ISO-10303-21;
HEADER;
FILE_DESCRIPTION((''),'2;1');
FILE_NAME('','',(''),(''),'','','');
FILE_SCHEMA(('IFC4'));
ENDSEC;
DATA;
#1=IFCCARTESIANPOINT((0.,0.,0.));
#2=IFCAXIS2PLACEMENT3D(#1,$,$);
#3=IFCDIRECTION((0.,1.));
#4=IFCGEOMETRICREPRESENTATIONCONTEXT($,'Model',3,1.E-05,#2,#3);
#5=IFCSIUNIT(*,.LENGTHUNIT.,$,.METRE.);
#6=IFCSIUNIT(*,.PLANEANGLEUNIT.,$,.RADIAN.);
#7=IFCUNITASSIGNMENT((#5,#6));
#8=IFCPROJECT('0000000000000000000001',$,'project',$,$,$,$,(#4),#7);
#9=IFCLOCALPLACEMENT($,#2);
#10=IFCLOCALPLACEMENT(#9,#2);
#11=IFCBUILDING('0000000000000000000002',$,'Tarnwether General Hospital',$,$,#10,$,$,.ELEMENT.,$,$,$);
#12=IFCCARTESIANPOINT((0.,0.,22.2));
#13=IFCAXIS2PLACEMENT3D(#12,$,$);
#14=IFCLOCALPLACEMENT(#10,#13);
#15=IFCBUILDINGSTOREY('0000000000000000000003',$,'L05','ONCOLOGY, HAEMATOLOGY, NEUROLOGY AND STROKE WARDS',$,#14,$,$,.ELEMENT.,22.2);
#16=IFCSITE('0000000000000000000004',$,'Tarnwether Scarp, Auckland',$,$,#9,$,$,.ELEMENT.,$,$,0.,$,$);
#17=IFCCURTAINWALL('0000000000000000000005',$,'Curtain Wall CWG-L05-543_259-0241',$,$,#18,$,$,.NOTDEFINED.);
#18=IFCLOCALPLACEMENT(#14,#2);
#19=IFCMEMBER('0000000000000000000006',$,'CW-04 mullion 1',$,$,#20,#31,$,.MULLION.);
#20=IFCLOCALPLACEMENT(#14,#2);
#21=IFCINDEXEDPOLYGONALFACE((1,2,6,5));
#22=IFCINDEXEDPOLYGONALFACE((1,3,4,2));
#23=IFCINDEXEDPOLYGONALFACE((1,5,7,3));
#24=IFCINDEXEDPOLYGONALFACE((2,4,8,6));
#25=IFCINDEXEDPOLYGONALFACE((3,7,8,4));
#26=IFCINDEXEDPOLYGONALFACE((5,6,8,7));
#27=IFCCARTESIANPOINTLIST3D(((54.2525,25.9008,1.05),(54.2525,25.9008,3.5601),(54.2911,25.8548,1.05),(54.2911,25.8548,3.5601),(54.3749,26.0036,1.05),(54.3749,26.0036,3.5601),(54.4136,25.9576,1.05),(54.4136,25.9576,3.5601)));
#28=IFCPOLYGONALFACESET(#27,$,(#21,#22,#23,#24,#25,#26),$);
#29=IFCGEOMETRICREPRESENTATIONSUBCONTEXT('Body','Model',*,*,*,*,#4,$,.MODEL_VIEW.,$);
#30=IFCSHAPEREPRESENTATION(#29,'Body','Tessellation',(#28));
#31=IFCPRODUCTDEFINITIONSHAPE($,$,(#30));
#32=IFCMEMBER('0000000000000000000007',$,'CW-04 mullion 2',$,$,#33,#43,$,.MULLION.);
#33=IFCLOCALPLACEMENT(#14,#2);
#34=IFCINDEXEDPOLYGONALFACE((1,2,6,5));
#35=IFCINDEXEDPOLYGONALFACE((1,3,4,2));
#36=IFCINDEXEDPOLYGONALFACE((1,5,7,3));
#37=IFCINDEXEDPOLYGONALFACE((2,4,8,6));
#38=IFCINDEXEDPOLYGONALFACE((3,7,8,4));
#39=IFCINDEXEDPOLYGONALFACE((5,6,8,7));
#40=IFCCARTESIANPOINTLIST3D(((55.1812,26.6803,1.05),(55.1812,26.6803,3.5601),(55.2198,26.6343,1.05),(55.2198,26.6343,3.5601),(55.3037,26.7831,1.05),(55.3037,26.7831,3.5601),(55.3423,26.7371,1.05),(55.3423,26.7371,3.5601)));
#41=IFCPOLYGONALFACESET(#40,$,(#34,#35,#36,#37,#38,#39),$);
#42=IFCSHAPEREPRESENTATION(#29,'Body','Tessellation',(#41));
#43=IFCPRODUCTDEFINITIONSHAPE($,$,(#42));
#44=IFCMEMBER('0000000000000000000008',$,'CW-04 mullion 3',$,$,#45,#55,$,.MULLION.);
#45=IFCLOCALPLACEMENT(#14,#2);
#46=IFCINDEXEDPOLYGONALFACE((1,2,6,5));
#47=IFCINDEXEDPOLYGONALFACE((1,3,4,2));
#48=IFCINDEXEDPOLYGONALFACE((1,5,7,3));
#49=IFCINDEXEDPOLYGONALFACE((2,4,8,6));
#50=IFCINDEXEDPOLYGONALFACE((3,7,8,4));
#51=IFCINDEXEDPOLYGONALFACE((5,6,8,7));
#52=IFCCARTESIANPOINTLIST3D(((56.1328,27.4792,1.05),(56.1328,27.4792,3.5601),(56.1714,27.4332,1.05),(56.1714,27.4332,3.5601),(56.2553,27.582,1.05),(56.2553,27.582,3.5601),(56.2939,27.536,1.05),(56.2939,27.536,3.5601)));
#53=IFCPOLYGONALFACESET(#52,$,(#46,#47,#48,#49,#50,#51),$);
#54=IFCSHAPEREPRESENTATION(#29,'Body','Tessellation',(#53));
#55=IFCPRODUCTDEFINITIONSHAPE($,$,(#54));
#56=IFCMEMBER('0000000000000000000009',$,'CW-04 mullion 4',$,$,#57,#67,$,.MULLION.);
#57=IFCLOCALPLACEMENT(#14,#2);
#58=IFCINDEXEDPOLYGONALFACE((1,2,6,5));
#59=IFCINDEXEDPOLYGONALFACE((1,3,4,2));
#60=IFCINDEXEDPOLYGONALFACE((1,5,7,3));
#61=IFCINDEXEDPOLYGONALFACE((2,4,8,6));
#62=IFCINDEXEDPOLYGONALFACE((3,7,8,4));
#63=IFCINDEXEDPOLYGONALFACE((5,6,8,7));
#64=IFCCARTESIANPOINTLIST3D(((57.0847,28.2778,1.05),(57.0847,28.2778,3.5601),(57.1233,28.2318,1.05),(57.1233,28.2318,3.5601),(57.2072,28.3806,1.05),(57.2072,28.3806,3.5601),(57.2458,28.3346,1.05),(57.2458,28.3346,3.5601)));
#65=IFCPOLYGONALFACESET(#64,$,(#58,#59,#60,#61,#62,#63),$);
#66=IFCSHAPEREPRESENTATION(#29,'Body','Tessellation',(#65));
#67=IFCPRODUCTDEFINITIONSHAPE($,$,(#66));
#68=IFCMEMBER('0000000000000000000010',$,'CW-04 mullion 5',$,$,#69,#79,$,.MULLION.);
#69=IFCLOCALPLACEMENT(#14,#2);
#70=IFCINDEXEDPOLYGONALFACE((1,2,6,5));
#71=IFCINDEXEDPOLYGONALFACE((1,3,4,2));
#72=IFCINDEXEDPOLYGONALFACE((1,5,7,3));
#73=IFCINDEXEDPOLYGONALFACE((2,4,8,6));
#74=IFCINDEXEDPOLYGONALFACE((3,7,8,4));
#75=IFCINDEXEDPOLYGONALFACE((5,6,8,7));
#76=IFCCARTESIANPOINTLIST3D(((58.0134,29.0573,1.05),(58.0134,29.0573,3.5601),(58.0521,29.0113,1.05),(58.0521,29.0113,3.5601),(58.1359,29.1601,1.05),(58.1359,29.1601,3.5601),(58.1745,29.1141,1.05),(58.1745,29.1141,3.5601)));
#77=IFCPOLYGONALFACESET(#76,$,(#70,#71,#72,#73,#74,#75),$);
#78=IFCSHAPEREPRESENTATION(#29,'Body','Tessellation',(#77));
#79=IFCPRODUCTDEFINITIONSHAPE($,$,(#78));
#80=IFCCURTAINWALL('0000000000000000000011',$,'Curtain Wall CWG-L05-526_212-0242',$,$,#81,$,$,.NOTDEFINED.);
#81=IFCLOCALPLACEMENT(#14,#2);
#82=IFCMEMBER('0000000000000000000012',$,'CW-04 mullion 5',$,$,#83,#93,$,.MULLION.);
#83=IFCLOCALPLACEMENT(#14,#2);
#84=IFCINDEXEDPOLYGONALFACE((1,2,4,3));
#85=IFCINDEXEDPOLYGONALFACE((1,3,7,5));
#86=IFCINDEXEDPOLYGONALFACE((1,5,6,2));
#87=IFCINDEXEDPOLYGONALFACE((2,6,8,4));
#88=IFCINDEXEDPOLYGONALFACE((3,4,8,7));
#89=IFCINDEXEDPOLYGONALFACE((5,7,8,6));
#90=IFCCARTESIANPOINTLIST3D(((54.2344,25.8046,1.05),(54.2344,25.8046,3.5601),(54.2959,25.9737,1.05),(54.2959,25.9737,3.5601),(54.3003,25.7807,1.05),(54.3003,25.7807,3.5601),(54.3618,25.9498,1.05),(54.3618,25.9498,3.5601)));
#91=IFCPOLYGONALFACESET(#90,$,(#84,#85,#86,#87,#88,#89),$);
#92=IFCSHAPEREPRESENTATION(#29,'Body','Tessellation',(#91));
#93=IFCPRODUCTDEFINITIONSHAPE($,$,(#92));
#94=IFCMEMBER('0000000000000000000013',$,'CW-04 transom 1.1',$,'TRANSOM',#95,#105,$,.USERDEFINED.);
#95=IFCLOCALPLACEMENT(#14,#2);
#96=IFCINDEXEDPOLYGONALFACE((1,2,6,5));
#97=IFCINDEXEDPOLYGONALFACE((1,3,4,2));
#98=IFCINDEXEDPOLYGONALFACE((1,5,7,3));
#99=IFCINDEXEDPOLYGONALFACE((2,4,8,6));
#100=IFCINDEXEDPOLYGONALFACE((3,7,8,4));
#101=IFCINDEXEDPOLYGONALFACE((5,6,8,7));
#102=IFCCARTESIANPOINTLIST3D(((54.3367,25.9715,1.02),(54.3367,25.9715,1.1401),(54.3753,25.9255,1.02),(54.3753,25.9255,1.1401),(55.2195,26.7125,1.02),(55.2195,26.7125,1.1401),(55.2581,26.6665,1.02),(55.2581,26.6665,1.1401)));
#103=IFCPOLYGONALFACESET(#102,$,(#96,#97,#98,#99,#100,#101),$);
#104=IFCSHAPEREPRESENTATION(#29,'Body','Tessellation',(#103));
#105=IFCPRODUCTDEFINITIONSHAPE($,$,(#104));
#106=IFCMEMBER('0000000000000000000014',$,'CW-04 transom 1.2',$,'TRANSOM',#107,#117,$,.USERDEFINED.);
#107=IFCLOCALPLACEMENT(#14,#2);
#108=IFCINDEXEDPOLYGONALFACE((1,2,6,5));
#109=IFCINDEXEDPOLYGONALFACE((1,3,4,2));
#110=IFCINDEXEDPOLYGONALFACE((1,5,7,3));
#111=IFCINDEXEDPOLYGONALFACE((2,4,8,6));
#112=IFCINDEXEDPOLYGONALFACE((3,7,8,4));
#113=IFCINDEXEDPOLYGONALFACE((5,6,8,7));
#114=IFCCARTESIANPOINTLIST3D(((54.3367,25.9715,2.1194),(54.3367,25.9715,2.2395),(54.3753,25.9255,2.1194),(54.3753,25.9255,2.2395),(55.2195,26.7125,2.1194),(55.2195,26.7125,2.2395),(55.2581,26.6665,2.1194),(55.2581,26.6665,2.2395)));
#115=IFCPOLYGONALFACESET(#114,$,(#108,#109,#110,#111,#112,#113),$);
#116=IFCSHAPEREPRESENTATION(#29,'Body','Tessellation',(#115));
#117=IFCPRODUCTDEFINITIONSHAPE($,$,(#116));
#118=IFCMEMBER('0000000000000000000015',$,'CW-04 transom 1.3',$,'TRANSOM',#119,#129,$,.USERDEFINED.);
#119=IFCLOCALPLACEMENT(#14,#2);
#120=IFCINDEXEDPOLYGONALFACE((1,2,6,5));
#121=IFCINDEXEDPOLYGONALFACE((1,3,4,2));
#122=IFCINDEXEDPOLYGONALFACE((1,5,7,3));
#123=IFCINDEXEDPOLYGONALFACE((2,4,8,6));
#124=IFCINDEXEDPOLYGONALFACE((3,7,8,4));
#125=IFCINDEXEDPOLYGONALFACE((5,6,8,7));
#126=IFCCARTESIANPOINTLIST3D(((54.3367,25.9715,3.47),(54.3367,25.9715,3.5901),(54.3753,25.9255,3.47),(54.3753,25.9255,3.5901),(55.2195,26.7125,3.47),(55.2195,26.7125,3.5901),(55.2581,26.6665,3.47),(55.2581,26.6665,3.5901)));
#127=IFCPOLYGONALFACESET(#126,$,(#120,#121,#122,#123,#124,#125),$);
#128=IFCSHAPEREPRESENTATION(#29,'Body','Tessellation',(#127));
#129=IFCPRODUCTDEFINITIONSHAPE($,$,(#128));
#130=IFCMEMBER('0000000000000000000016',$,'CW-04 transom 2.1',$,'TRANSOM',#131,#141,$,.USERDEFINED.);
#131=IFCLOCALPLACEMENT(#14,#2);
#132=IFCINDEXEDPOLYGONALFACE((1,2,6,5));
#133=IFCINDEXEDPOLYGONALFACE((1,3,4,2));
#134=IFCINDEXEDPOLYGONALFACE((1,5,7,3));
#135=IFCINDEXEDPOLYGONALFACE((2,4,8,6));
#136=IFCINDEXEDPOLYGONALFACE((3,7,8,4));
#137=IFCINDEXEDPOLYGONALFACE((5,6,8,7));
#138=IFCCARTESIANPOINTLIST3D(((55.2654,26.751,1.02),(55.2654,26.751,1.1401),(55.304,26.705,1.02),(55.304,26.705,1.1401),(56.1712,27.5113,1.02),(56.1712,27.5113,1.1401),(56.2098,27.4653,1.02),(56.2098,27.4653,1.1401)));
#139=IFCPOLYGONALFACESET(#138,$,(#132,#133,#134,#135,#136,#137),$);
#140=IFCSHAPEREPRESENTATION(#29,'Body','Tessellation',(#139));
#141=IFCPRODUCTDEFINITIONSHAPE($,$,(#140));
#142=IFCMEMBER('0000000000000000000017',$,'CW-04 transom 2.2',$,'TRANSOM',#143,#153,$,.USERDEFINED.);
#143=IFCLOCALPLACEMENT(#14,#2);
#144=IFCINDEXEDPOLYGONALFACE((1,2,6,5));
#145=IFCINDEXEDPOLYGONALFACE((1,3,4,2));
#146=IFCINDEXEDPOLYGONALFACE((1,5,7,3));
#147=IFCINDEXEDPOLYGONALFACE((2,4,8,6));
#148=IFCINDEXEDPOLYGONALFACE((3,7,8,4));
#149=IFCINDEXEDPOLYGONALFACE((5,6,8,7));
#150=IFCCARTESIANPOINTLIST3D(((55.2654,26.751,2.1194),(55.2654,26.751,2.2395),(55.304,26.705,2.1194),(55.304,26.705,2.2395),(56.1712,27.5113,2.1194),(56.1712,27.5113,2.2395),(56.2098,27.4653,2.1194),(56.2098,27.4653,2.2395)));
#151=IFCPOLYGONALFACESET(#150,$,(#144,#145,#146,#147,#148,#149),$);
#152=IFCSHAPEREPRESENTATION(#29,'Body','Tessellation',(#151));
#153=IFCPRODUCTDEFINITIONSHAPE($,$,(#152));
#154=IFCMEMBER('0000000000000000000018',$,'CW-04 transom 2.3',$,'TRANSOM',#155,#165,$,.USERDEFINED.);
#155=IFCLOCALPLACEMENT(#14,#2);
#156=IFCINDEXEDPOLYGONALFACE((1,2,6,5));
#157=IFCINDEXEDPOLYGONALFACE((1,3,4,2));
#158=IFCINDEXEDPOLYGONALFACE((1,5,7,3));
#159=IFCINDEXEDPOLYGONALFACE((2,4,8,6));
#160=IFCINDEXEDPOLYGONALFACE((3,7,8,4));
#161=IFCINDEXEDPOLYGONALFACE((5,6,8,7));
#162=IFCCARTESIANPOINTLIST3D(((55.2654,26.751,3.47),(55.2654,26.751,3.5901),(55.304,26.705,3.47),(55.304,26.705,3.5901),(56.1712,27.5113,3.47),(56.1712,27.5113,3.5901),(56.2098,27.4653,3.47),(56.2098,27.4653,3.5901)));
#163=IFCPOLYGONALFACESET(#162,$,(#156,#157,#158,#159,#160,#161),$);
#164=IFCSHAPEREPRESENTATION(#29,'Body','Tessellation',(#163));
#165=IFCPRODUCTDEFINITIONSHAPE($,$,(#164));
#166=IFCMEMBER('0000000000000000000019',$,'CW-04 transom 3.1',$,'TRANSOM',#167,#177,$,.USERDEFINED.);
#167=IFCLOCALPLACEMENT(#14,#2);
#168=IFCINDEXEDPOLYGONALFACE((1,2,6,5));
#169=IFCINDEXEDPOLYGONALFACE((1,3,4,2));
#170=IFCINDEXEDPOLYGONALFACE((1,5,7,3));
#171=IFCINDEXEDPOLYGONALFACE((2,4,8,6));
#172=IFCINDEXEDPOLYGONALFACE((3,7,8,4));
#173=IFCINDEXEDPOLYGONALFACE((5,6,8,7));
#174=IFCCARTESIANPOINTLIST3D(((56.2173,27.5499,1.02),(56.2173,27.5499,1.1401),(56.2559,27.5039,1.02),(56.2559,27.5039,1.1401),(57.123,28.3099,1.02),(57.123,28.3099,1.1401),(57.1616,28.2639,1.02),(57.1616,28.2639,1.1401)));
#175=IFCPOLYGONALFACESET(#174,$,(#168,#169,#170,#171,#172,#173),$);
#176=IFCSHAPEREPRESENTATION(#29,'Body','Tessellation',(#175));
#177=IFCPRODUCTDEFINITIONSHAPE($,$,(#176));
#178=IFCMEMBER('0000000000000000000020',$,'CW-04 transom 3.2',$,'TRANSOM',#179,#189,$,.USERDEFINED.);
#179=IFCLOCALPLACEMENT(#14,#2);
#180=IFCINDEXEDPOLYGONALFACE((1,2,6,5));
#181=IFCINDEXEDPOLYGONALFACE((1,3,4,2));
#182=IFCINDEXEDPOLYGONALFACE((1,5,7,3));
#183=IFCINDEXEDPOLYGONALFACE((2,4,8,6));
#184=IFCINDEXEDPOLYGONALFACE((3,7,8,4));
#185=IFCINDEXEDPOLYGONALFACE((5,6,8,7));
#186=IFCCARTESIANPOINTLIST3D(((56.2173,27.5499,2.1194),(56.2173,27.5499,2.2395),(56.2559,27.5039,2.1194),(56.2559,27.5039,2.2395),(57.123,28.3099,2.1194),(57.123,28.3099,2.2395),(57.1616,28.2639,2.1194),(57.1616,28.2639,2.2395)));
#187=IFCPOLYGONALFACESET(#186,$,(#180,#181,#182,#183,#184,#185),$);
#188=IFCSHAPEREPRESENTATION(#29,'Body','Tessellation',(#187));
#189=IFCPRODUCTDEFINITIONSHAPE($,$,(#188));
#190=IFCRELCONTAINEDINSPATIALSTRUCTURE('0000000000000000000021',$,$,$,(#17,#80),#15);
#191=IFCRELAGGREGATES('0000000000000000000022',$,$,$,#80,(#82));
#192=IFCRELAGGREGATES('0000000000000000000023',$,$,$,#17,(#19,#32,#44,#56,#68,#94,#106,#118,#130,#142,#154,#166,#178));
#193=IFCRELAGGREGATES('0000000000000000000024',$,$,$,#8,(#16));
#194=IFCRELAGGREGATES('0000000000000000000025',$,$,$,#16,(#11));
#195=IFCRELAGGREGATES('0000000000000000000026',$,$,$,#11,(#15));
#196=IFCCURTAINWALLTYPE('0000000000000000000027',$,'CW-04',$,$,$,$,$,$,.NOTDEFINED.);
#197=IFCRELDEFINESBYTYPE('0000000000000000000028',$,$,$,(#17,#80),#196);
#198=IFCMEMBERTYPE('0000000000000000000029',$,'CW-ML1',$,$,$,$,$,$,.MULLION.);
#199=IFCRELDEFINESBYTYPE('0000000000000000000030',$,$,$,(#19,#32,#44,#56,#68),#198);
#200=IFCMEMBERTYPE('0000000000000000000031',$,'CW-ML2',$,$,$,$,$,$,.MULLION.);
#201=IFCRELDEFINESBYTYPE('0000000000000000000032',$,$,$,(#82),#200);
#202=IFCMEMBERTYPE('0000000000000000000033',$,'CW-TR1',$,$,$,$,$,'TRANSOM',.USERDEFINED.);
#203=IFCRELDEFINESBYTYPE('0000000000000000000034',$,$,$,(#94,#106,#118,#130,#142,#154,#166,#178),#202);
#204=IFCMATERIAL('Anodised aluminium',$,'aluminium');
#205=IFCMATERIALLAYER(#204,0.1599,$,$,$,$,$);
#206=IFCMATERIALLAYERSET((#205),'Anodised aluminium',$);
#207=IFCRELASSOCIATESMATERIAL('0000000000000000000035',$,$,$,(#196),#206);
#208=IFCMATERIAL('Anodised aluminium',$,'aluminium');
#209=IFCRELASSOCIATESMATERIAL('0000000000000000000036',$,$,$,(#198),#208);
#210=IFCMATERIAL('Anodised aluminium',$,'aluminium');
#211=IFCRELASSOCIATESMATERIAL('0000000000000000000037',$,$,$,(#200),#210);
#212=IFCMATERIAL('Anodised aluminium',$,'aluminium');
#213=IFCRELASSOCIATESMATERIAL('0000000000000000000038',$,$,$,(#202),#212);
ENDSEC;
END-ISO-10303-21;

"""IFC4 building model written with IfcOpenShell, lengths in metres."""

from ifc_helpers import new_model, si_unit, direction, frame, origin, origin_2d, place, context, subcontext, project, spatial, rectangle, extrude, material, layer, layer_set, material_profile, profile_set, type_object, element, aggregate, save


model = new_model("IFC4")

# Units and contexts
model_context = context("Model", 3, precision=1e-05, world=origin(), true_north=direction((0.0, 1.0)))
body_context = subcontext(model_context, "Body", "Model", "MODEL_VIEW")
ifc_project = project(units=[si_unit("LENGTHUNIT", "METRE"), si_unit("PLANEANGLEUNIT", "RADIAN")], contexts=[model_context])

# Site, building, storey
site_placement = place(None, origin())
site = spatial("IfcSite", under=ifc_project, at=site_placement, Name="Tarnwether Scarp, Auckland", CompositionType="ELEMENT", RefElevation=0.0)
building_placement = place(site_placement, origin())
building = spatial("IfcBuilding", under=site, at=building_placement, Name="Tarnwether General Hospital", CompositionType="ELEMENT")
storey_placement = place(building_placement, frame((0.0, 0.0, 22.2)))
storey = spatial("IfcBuildingStorey", under=building, at=storey_placement, Name="L05", Description="ONCOLOGY, HAEMATOLOGY, NEUROLOGY AND STROKE WARDS", CompositionType="ELEMENT", Elevation=22.2)

# Curtain wall, members
ifc_material_1 = material(Name="Anodised aluminium", Category="aluminium")
ifc_layer_1 = layer(ifc_material_1, 0.1599)
ifc_layer_set_1 = layer_set([ifc_layer_1], Name="Anodised aluminium")
curtain_wall_type = type_object("IfcCurtainWallType", Name="CW-04", PredefinedType="NOTDEFINED", material=ifc_layer_set_1)
curtain_wall_1_placement = place(storey_placement, origin())
curtain_wall_1 = element("IfcCurtainWall", 1, at=curtain_wall_1_placement, inside=storey, type_object=curtain_wall_type, Name="Curtain Wall CWG-L05-543_259-0241", PredefinedType="NOTDEFINED")
ifc_material_2 = material(Name="Anodised aluminium", Category="aluminium")
ifc_material_profile_1 = material_profile(ifc_material_2, rectangle(XDim=0.0601, YDim=0.1599, at=origin_2d()), Name="ALU-MUL-60x160")
ifc_profile_set_1 = profile_set([ifc_material_profile_1], Name="Anodised aluminium")
member_type_1 = type_object("IfcMemberType", Name="CW-ML1", PredefinedType="MULLION", material=ifc_profile_set_1)
member_1_placement = place(storey_placement, frame((54.333, 25.9292, 1.05), z_axis=(0.0, 0.0, 1.0), x_axis=(-0.642852, 0.76599, 0.0)))
member_1 = element("IfcMember", 2, at=member_1_placement, type_object=member_type_1, Name="CW-04 mullion 1", PredefinedType="MULLION", context=body_context, shape_type="SweptSolid", body=[
    extrude(rectangle(XDim=0.0601, YDim=0.1599, at=origin_2d()), origin(), (0.0, 0.0, 1.0), 2.51),
])
member_2_placement = place(storey_placement, frame((55.2617, 26.7087, 1.05), z_axis=(0.0, 0.0, 1.0), x_axis=(-0.642852, 0.76599, 0.0)))
member_2 = element("IfcMember", 3, at=member_2_placement, type_object=member_type_1, Name="CW-04 mullion 2", PredefinedType="MULLION", context=body_context, shape_type="SweptSolid", body=[
    extrude(rectangle(XDim=0.0601, YDim=0.1599, at=origin_2d()), origin(), (0.0, 0.0, 1.0), 2.51),
])
member_3_placement = place(storey_placement, frame((56.2134, 27.5076, 1.05), z_axis=(0.0, 0.0, 1.0), x_axis=(-0.642852, 0.76599, 0.0)))
member_3 = element("IfcMember", 4, at=member_3_placement, type_object=member_type_1, Name="CW-04 mullion 3", PredefinedType="MULLION", context=body_context, shape_type="SweptSolid", body=[
    extrude(rectangle(XDim=0.0601, YDim=0.1599, at=origin_2d()), origin(), (0.0, 0.0, 1.0), 2.51),
])
member_4_placement = place(storey_placement, frame((57.1653, 28.3062, 1.05), z_axis=(0.0, 0.0, 1.0), x_axis=(-0.642852, 0.76599, 0.0)))
member_4 = element("IfcMember", 5, at=member_4_placement, type_object=member_type_1, Name="CW-04 mullion 4", PredefinedType="MULLION", context=body_context, shape_type="SweptSolid", body=[
    extrude(rectangle(XDim=0.0601, YDim=0.1599, at=origin_2d()), origin(), (0.0, 0.0, 1.0), 2.51),
])
member_5_placement = place(storey_placement, frame((58.094, 29.0857, 1.05), z_axis=(0.0, 0.0, 1.0), x_axis=(-0.642852, 0.76599, 0.0)))
member_5 = element("IfcMember", 6, at=member_5_placement, type_object=member_type_1, Name="CW-04 mullion 5", PredefinedType="MULLION", context=body_context, shape_type="SweptSolid", body=[
    extrude(rectangle(XDim=0.0601, YDim=0.1599, at=origin_2d()), origin(), (0.0, 0.0, 1.0), 2.51),
])

# Curtain wall, member
curtain_wall_2_placement = place(storey_placement, origin())
curtain_wall_2 = element("IfcCurtainWall", 7, at=curtain_wall_2_placement, inside=storey, type_object=curtain_wall_type, Name="Curtain Wall CWG-L05-526_212-0242", PredefinedType="NOTDEFINED")
ifc_material_3 = material(Name="Anodised aluminium", Category="aluminium")
ifc_material_profile_2 = material_profile(ifc_material_3, rectangle(XDim=0.0701, YDim=0.1799, at=origin_2d()), Name="ALU-MUL-70x180")
ifc_profile_set_2 = profile_set([ifc_material_profile_2], Name="Anodised aluminium")
member_type_2 = type_object("IfcMemberType", Name="CW-ML2", PredefinedType="MULLION", material=ifc_profile_set_2)
member_6_placement = place(storey_placement, frame((54.2981, 25.8772, 1.05), z_axis=(0.0, 0.0, 1.0), x_axis=(-0.939717, 0.341953, 0.0)))
member_6 = element("IfcMember", 8, at=member_6_placement, type_object=member_type_2, Name="CW-04 mullion 5", PredefinedType="MULLION", context=body_context, shape_type="SweptSolid", body=[
    extrude(rectangle(XDim=0.0701, YDim=0.1799, at=origin_2d()), origin(), (0.0, 0.0, 1.0), 2.51),
])

# Members
ifc_material_4 = material(Name="Anodised aluminium", Category="aluminium")
ifc_material_profile_3 = material_profile(ifc_material_4, rectangle(XDim=0.0601, YDim=0.1201, at=origin_2d()), Name="ALU-TRN-60x120")
ifc_profile_set_3 = profile_set([ifc_material_profile_3], Name="Anodised aluminium")
member_type_3 = type_object("IfcMemberType", Name="CW-TR1", ElementType="TRANSOM", PredefinedType="USERDEFINED", material=ifc_profile_set_3)
member_7_placement = place(storey_placement, frame((54.356, 25.9485, 1.0801), z_axis=(0.765959, 0.642889, 0.0), x_axis=(-0.642889, 0.765959, 0.0)))
member_7 = element("IfcMember", 9, at=member_7_placement, type_object=member_type_3, Name="CW-04 transom 1.1", ObjectType="TRANSOM", PredefinedType="USERDEFINED", context=body_context, shape_type="SweptSolid", body=[
    extrude(rectangle(XDim=0.0601, YDim=0.1201, at=origin_2d()), origin(), (0.0, 0.0, 1.0), 1.1526),
])
member_8_placement = place(storey_placement, frame((54.356, 25.9485, 2.1794), z_axis=(0.765959, 0.642889, 0.0), x_axis=(-0.642889, 0.765959, 0.0)))
member_8 = element("IfcMember", 10, at=member_8_placement, type_object=member_type_3, Name="CW-04 transom 1.2", ObjectType="TRANSOM", PredefinedType="USERDEFINED", context=body_context, shape_type="SweptSolid", body=[
    extrude(rectangle(XDim=0.0601, YDim=0.1201, at=origin_2d()), origin(), (0.0, 0.0, 1.0), 1.1526),
])
member_9_placement = place(storey_placement, frame((54.356, 25.9485, 3.53), z_axis=(0.765959, 0.642889, 0.0), x_axis=(-0.642889, 0.765959, 0.0)))
member_9 = element("IfcMember", 11, at=member_9_placement, type_object=member_type_3, Name="CW-04 transom 1.3", ObjectType="TRANSOM", PredefinedType="USERDEFINED", context=body_context, shape_type="SweptSolid", body=[
    extrude(rectangle(XDim=0.0601, YDim=0.1201, at=origin_2d()), origin(), (0.0, 0.0, 1.0), 1.1526),
])
member_10_placement = place(storey_placement, frame((55.2847, 26.728, 1.0801), z_axis=(0.765949, 0.642902, 0.0), x_axis=(-0.642902, 0.765949, 0.0)))
member_10 = element("IfcMember", 12, at=member_10_placement, type_object=member_type_3, Name="CW-04 transom 2.1", ObjectType="TRANSOM", PredefinedType="USERDEFINED", context=body_context, shape_type="SweptSolid", body=[
    extrude(rectangle(XDim=0.0601, YDim=0.1201, at=origin_2d()), origin(), (0.0, 0.0, 1.0), 1.1826),
])
member_11_placement = place(storey_placement, frame((55.2847, 26.728, 2.1794), z_axis=(0.765949, 0.642902, 0.0), x_axis=(-0.642902, 0.765949, 0.0)))
member_11 = element("IfcMember", 13, at=member_11_placement, type_object=member_type_3, Name="CW-04 transom 2.2", ObjectType="TRANSOM", PredefinedType="USERDEFINED", context=body_context, shape_type="SweptSolid", body=[
    extrude(rectangle(XDim=0.0601, YDim=0.1201, at=origin_2d()), origin(), (0.0, 0.0, 1.0), 1.1826),
])
member_12_placement = place(storey_placement, frame((55.2847, 26.728, 3.53), z_axis=(0.765949, 0.642902, 0.0), x_axis=(-0.642902, 0.765949, 0.0)))
member_12 = element("IfcMember", 14, at=member_12_placement, type_object=member_type_3, Name="CW-04 transom 2.3", ObjectType="TRANSOM", PredefinedType="USERDEFINED", context=body_context, shape_type="SweptSolid", body=[
    extrude(rectangle(XDim=0.0601, YDim=0.1201, at=origin_2d()), origin(), (0.0, 0.0, 1.0), 1.1826),
])
member_13_placement = place(storey_placement, frame((56.2366, 27.5269, 1.0801), z_axis=(0.766051, 0.64278, 0.0), x_axis=(-0.64278, 0.766051, 0.0)))
member_13 = element("IfcMember", 15, at=member_13_placement, type_object=member_type_3, Name="CW-04 transom 3.1", ObjectType="TRANSOM", PredefinedType="USERDEFINED", context=body_context, shape_type="SweptSolid", body=[
    extrude(rectangle(XDim=0.0601, YDim=0.1201, at=origin_2d()), origin(), (0.0, 0.0, 1.0), 1.1824),
])
member_14_placement = place(storey_placement, frame((56.2366, 27.5269, 2.1794), z_axis=(0.766051, 0.64278, 0.0), x_axis=(-0.64278, 0.766051, 0.0)))
member_14 = element("IfcMember", 16, at=member_14_placement, type_object=member_type_3, Name="CW-04 transom 3.2", ObjectType="TRANSOM", PredefinedType="USERDEFINED", context=body_context, shape_type="SweptSolid", body=[
    extrude(rectangle(XDim=0.0601, YDim=0.1201, at=origin_2d()), origin(), (0.0, 0.0, 1.0), 1.1824),
])

aggregate(curtain_wall_2, [member_6])
aggregate(curtain_wall_1, [member_1, member_2, member_3, member_4, member_5, member_7, member_8, member_9, member_10, member_11, member_12, member_13, member_14])

save(model, "model.ifc")
